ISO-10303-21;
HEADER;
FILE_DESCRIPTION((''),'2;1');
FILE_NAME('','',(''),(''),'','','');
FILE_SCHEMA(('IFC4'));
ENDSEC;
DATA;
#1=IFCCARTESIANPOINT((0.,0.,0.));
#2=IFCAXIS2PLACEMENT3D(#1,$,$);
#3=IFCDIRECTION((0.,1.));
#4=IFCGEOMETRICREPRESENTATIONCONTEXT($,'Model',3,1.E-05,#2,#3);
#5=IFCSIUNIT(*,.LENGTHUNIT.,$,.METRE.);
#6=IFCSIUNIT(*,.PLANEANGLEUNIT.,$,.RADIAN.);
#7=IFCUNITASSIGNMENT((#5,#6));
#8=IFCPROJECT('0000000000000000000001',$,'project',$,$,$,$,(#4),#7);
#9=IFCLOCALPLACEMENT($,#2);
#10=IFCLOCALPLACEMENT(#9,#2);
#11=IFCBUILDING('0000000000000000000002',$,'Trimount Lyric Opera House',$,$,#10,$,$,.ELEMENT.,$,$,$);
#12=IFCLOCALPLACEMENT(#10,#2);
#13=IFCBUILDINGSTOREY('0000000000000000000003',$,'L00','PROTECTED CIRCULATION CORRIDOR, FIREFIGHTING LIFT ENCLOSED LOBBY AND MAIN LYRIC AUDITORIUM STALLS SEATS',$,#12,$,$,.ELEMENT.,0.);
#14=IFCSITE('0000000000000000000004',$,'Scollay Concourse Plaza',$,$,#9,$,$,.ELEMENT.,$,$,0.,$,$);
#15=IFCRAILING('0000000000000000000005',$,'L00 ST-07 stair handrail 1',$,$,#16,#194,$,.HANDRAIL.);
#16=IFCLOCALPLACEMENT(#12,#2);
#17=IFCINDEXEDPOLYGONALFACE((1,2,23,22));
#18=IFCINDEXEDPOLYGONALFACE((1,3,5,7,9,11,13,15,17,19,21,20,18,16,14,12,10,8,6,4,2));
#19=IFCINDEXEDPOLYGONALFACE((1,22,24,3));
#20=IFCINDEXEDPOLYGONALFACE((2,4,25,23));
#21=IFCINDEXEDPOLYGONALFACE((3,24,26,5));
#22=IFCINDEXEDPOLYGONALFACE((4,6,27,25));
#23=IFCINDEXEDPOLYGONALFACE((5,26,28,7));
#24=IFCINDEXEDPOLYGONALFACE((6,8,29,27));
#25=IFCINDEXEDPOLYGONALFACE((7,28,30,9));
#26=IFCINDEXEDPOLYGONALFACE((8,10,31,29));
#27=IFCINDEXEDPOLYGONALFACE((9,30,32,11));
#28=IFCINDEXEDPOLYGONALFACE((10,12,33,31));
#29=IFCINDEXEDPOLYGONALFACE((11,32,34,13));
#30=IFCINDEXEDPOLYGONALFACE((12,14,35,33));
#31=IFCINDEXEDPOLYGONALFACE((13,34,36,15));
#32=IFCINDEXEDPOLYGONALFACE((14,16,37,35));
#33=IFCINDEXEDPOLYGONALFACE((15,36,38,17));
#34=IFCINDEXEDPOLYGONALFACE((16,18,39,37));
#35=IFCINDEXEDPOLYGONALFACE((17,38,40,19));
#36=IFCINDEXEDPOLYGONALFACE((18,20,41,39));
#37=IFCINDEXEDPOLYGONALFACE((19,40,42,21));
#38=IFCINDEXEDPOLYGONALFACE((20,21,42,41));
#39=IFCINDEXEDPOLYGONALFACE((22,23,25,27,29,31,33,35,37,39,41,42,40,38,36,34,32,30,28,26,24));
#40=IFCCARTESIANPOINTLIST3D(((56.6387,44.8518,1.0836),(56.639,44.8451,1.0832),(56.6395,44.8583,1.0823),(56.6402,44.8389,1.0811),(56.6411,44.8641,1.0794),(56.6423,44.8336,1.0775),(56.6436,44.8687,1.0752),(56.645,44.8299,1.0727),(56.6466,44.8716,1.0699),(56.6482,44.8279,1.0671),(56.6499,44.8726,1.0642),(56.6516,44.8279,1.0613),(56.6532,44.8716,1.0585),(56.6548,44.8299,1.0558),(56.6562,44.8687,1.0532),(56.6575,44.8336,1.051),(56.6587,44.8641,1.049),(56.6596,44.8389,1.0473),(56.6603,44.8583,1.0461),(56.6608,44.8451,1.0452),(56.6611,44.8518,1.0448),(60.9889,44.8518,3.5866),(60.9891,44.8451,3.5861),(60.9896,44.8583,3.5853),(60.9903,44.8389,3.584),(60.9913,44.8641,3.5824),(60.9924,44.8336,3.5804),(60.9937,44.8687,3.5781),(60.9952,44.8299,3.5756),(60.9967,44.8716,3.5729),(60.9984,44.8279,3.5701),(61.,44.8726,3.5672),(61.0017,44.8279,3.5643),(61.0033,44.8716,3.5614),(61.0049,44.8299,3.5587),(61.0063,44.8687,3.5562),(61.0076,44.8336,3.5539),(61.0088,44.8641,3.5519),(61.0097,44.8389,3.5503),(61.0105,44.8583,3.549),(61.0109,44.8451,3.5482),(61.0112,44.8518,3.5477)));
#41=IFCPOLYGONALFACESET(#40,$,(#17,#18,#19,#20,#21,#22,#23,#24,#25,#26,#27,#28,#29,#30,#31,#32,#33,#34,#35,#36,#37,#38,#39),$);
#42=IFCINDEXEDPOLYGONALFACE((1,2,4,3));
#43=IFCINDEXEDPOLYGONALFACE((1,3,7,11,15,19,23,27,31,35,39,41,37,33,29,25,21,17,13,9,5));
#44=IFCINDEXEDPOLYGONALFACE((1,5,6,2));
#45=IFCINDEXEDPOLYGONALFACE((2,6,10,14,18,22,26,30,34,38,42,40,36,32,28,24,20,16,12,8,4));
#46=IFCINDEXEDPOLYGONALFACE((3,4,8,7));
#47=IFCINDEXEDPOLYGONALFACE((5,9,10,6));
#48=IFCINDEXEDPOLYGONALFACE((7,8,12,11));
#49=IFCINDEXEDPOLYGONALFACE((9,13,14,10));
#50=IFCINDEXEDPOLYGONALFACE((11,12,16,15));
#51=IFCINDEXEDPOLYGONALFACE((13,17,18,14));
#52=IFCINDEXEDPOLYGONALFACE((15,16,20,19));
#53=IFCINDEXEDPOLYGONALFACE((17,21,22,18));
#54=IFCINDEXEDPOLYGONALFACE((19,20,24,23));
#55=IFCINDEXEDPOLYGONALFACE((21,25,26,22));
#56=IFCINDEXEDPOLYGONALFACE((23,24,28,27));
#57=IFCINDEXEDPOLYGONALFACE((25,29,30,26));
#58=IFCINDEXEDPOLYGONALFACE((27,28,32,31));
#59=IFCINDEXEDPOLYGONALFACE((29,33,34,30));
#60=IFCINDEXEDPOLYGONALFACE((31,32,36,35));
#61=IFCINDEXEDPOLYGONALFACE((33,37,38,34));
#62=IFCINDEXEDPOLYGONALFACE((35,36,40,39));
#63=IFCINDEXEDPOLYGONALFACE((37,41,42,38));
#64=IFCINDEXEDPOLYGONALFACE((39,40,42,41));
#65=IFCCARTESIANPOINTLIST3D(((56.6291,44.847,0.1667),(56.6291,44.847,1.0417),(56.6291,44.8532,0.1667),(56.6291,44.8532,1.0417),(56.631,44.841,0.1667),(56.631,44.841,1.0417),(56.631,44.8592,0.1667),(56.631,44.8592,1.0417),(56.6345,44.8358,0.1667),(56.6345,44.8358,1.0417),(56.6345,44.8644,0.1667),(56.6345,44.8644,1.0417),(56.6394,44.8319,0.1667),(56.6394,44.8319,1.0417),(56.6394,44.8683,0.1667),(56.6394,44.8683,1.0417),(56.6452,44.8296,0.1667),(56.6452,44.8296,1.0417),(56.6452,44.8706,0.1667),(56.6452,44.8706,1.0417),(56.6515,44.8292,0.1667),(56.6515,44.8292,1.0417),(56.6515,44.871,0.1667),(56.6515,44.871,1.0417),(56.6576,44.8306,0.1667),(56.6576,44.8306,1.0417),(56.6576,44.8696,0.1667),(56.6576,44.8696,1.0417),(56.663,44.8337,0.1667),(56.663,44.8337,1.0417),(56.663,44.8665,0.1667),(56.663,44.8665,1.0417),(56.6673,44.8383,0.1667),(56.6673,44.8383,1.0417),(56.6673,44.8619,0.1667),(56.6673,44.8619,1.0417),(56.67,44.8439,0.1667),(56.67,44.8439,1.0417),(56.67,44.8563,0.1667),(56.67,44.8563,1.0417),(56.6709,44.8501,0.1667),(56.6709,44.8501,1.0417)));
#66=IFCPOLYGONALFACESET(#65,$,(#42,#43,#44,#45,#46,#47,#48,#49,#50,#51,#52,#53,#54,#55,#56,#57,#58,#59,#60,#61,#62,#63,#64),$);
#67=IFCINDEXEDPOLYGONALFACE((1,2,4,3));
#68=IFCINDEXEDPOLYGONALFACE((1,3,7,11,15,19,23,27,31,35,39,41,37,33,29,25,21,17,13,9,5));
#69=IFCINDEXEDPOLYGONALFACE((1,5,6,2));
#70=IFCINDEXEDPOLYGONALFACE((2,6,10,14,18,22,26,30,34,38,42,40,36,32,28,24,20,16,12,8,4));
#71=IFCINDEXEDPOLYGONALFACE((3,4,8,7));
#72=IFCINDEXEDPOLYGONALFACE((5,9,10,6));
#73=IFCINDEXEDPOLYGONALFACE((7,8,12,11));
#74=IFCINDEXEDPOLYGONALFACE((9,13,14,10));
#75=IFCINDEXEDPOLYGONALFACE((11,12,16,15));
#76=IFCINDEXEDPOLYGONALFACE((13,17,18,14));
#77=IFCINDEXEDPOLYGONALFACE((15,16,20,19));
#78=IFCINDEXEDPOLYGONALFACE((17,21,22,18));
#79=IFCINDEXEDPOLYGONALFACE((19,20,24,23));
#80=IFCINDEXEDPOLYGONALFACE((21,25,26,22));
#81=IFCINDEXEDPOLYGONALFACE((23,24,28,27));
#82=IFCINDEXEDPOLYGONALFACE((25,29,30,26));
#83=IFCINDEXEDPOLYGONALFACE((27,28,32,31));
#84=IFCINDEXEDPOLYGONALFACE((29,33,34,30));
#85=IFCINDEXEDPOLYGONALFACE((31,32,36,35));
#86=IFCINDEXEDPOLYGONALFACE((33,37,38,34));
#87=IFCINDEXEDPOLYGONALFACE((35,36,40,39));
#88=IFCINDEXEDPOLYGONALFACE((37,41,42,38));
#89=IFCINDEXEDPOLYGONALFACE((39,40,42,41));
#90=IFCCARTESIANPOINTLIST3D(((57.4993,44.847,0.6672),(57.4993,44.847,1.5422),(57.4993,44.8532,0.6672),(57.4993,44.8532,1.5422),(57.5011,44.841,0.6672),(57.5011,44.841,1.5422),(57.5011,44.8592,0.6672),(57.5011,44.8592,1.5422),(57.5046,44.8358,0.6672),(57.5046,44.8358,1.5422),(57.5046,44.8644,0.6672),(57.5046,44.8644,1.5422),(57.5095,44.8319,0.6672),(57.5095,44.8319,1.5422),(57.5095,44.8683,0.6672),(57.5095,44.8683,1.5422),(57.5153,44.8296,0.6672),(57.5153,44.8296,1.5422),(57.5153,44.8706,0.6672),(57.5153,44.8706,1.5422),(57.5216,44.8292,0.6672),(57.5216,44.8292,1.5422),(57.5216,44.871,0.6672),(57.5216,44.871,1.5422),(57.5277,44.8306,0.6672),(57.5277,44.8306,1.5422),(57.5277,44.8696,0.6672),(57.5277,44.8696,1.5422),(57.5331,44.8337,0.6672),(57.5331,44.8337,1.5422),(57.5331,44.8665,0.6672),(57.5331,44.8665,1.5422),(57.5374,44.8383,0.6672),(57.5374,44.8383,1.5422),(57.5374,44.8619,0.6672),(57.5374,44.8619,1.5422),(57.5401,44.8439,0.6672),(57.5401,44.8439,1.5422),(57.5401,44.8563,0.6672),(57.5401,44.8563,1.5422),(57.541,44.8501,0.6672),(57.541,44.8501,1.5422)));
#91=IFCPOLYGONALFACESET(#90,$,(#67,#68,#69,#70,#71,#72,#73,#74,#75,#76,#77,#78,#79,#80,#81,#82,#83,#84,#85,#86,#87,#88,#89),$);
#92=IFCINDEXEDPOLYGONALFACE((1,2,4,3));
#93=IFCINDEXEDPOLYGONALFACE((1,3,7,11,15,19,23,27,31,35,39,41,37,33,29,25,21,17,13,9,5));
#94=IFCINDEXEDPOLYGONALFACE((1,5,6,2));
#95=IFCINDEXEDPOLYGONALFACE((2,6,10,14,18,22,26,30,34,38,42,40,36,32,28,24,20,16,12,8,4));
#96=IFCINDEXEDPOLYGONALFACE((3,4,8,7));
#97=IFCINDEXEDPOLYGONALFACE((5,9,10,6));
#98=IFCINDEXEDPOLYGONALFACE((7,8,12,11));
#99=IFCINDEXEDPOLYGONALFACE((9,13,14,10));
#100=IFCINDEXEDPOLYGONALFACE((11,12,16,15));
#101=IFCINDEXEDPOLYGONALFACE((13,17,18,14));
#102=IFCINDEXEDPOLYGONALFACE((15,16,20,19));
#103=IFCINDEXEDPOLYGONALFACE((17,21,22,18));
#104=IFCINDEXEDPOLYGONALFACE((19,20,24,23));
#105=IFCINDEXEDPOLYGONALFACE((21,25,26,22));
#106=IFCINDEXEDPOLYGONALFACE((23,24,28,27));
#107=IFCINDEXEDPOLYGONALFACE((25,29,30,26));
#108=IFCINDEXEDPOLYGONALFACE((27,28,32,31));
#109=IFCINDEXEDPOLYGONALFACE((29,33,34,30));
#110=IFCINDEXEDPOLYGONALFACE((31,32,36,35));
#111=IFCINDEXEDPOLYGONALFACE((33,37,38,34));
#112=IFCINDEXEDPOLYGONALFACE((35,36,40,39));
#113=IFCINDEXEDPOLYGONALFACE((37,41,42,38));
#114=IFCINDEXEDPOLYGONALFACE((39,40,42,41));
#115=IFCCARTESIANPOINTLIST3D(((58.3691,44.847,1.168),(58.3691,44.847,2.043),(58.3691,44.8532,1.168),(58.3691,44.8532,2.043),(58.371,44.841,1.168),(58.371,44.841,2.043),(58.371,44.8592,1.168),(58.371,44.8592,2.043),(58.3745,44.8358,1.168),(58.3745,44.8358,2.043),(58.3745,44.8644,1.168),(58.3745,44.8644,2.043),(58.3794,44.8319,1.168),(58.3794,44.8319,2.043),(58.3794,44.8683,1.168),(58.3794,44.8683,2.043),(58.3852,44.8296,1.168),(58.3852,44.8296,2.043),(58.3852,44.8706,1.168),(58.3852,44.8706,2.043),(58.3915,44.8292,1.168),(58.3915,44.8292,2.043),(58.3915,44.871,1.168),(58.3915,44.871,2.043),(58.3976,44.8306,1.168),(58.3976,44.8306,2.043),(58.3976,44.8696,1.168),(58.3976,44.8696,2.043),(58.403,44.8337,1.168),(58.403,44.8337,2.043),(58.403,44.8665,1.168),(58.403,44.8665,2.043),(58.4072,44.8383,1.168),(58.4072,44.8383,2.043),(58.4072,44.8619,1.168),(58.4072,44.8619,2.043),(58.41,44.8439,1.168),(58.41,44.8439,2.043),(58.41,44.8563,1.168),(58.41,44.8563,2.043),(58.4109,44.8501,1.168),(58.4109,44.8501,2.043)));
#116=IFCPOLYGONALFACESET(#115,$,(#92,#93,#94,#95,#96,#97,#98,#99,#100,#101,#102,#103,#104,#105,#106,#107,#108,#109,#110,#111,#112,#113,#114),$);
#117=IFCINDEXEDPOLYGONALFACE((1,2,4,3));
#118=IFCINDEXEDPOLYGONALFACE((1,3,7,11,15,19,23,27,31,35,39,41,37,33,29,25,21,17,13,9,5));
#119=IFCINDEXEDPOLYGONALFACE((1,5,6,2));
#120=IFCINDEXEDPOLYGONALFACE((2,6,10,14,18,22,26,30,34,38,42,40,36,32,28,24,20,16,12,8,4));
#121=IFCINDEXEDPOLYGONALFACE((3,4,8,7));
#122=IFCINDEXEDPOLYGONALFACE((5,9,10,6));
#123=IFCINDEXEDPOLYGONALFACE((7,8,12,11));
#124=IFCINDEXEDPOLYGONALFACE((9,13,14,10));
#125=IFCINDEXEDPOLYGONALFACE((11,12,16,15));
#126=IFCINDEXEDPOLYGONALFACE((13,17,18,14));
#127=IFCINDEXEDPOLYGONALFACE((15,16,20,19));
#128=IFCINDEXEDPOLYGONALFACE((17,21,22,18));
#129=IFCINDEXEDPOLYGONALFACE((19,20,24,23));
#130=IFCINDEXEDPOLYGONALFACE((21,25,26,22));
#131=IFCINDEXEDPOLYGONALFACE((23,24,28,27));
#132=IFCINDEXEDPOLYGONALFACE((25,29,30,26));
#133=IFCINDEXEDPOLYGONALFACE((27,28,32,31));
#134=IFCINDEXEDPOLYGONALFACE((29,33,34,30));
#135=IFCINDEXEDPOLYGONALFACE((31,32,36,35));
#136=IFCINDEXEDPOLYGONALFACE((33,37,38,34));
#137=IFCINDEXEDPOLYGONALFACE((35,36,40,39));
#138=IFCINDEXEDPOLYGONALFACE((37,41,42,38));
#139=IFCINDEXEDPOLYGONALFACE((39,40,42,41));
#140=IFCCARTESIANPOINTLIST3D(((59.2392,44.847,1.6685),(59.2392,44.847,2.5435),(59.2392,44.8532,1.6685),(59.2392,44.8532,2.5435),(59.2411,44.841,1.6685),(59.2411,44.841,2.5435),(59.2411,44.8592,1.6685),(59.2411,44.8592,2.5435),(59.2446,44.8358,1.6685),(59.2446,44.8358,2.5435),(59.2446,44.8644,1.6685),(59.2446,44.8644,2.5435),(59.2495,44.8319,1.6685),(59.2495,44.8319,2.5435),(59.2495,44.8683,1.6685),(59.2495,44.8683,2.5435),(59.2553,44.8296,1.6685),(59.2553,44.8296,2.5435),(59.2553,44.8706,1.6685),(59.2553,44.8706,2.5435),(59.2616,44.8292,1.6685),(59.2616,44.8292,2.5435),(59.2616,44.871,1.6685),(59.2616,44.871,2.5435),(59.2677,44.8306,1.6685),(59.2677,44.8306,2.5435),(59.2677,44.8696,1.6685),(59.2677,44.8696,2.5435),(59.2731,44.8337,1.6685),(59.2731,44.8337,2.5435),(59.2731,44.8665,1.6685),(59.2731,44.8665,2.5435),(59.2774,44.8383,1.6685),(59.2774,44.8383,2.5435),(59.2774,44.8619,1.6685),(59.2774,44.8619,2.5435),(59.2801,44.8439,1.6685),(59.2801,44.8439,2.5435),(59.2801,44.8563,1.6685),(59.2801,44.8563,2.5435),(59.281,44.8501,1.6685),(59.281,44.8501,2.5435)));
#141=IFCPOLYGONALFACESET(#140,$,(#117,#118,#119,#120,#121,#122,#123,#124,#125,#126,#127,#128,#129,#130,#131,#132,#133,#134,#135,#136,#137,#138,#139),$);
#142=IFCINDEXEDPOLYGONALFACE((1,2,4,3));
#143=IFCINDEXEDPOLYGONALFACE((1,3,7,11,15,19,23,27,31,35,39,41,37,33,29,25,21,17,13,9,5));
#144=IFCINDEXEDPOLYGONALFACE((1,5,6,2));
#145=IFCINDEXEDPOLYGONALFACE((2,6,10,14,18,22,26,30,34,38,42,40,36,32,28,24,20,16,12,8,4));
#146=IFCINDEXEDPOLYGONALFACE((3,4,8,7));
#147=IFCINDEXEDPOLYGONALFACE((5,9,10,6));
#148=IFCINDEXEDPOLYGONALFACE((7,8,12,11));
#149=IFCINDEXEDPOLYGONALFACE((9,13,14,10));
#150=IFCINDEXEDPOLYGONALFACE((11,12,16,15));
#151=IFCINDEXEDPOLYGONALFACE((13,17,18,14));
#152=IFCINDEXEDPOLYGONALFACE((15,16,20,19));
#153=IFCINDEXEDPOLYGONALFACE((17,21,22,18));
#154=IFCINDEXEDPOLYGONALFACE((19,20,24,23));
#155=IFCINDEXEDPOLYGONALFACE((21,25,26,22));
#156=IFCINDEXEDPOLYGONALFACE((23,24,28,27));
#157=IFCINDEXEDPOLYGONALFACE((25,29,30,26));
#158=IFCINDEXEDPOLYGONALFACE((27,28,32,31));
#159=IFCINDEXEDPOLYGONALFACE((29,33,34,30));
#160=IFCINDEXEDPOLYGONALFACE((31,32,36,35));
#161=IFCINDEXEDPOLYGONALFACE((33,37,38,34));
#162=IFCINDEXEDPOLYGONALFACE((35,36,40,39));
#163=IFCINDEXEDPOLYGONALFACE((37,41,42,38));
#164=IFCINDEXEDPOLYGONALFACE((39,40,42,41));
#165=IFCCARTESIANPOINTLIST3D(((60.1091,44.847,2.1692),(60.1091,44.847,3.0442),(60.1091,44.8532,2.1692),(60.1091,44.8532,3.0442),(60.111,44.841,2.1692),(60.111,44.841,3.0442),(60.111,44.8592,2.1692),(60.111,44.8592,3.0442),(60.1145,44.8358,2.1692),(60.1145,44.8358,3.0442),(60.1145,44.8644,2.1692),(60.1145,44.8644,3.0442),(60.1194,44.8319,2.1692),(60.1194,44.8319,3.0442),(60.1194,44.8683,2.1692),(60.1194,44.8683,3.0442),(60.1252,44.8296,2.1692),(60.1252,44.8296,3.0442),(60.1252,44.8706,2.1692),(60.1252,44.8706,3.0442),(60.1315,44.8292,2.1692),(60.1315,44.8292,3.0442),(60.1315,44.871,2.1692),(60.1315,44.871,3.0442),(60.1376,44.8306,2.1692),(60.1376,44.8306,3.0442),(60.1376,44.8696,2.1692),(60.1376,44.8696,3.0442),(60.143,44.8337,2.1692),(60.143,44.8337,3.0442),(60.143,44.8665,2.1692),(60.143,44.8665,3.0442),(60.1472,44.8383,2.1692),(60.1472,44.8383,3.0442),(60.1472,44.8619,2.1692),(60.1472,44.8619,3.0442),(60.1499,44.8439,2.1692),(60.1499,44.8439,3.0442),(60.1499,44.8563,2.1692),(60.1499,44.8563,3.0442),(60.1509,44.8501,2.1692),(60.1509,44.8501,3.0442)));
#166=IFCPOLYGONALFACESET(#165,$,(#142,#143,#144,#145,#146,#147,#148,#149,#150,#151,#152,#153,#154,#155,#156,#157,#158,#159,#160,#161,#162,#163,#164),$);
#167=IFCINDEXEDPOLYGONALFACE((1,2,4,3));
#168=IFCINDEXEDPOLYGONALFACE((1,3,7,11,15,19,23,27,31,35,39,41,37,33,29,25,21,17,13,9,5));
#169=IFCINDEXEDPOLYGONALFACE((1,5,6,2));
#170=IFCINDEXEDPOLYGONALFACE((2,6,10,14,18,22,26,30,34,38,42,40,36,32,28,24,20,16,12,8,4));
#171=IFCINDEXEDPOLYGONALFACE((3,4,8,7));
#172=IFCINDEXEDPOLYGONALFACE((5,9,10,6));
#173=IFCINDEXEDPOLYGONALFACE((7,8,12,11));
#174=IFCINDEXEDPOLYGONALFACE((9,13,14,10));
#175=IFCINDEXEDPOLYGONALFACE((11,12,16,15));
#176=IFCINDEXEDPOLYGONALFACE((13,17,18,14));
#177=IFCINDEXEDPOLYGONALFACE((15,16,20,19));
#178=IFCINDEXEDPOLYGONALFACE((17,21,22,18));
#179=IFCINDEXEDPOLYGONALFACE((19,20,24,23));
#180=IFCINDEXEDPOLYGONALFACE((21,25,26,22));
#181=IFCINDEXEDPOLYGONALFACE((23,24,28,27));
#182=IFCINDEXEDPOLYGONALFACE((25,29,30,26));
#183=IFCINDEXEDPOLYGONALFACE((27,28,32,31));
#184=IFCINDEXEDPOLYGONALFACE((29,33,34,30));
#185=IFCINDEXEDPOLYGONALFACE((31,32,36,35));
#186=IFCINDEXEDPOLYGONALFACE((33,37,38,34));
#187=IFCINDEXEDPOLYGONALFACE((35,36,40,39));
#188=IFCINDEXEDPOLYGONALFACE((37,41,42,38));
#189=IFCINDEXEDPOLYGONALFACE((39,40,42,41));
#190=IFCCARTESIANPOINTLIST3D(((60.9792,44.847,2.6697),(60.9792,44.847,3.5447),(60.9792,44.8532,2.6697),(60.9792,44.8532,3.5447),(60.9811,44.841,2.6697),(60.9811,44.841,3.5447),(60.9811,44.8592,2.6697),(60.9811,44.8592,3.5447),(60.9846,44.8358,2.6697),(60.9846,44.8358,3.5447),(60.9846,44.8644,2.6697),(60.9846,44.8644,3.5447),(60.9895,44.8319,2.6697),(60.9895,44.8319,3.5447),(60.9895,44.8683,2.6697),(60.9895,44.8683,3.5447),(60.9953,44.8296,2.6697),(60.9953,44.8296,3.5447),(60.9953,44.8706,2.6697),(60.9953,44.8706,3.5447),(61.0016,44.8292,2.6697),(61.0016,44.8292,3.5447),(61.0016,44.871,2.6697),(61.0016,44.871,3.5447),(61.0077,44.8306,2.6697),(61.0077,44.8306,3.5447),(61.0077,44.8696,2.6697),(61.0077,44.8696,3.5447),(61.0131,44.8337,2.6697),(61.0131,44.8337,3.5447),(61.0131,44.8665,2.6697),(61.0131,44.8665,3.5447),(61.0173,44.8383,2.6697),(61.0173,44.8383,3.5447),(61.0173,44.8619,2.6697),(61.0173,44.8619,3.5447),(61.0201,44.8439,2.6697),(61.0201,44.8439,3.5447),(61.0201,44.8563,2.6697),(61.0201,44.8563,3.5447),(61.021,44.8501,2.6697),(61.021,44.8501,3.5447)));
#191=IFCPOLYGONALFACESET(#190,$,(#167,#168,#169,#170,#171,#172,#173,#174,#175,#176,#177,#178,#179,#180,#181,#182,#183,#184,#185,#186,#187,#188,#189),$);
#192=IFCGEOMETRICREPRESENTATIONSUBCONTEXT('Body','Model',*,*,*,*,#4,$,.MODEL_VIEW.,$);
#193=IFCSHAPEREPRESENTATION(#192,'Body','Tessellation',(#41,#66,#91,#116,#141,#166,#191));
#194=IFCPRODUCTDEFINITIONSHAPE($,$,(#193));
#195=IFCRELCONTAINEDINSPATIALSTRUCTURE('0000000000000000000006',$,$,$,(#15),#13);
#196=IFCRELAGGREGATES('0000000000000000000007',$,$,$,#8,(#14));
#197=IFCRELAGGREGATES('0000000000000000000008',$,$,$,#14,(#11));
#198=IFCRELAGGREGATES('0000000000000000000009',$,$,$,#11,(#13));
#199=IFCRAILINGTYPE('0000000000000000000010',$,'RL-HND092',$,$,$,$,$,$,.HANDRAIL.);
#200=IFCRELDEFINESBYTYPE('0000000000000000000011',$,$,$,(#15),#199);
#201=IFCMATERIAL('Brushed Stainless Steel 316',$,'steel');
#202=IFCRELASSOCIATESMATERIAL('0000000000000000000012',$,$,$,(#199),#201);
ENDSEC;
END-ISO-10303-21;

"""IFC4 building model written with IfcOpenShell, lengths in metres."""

from ifc_helpers import new_model, si_unit, direction, frame, origin, origin_2d, place, context, subcontext, project, spatial, circle, extrude, material, type_object, element, save


model = new_model("IFC4")

# Units and contexts
model_context = context("Model", 3, precision=1e-05, world=origin(), true_north=direction((0.0, 1.0)))
body_context = subcontext(model_context, "Body", "Model", "MODEL_VIEW")
ifc_project = project(units=[si_unit("LENGTHUNIT", "METRE"), si_unit("PLANEANGLEUNIT", "RADIAN")], contexts=[model_context])

# Site, building, storey
site_placement = place(None, origin())
site = spatial("IfcSite", under=ifc_project, at=site_placement, Name="Scollay Concourse Plaza", CompositionType="ELEMENT", RefElevation=0.0)
building_placement = place(site_placement, origin())
building = spatial("IfcBuilding", under=site, at=building_placement, Name="Trimount Lyric Opera House", CompositionType="ELEMENT")
storey_placement = place(building_placement, origin())
storey = spatial("IfcBuildingStorey", under=building, at=storey_placement, Name="L00", Description="PROTECTED CIRCULATION CORRIDOR, FIREFIGHTING LIFT ENCLOSED LOBBY AND MAIN LYRIC AUDITORIUM STALLS SEATS", CompositionType="ELEMENT", Elevation=0.0)

# Railing
ifc_material_1 = material(Name="Brushed Stainless Steel 316", Category="steel")
railing_type_1 = type_object("IfcRailingType", Name="RL-HND092", PredefinedType="HANDRAIL", material=ifc_material_1)
railing_1_placement = place(storey_placement, frame((56.6499, 44.8501, 0.1667)))
element("IfcRailing", 1, at=railing_1_placement, inside=storey, type_object=railing_type_1, Name="L00 ST-07 stair handrail 1", PredefinedType="HANDRAIL", context=body_context, shape_type="SweptSolid", body=[
    extrude(circle(Radius=0.0225, at=origin_2d()), frame((0.0, 0.0, 0.8975), z_axis=(0.866766, 0.0, 0.498714), x_axis=(0.0, 1.0, 0.0)), (0.0, 0.0, 1.0), 5.0188),
    extrude(circle(Radius=0.021, at=origin_2d()), origin(), (0.0, 0.0, 1.0), 0.875),
    extrude(circle(Radius=0.021, at=origin_2d()), frame((0.8701, 0.0, 0.5005)), (0.0, 0.0, 1.0), 0.875),
    extrude(circle(Radius=0.021, at=origin_2d()), frame((1.74, 0.0, 1.0012)), (0.0, 0.0, 1.0), 0.875),
    extrude(circle(Radius=0.021, at=origin_2d()), frame((2.6101, 0.0, 1.5017)), (0.0, 0.0, 1.0), 0.875),
    extrude(circle(Radius=0.021, at=origin_2d()), frame((3.48, 0.0, 2.0024)), (0.0, 0.0, 1.0), 0.875),
    extrude(circle(Radius=0.021, at=origin_2d()), frame((4.3501, 0.0, 2.5029)), (0.0, 0.0, 1.0), 0.875),
])

save(model, "model.ifc")
